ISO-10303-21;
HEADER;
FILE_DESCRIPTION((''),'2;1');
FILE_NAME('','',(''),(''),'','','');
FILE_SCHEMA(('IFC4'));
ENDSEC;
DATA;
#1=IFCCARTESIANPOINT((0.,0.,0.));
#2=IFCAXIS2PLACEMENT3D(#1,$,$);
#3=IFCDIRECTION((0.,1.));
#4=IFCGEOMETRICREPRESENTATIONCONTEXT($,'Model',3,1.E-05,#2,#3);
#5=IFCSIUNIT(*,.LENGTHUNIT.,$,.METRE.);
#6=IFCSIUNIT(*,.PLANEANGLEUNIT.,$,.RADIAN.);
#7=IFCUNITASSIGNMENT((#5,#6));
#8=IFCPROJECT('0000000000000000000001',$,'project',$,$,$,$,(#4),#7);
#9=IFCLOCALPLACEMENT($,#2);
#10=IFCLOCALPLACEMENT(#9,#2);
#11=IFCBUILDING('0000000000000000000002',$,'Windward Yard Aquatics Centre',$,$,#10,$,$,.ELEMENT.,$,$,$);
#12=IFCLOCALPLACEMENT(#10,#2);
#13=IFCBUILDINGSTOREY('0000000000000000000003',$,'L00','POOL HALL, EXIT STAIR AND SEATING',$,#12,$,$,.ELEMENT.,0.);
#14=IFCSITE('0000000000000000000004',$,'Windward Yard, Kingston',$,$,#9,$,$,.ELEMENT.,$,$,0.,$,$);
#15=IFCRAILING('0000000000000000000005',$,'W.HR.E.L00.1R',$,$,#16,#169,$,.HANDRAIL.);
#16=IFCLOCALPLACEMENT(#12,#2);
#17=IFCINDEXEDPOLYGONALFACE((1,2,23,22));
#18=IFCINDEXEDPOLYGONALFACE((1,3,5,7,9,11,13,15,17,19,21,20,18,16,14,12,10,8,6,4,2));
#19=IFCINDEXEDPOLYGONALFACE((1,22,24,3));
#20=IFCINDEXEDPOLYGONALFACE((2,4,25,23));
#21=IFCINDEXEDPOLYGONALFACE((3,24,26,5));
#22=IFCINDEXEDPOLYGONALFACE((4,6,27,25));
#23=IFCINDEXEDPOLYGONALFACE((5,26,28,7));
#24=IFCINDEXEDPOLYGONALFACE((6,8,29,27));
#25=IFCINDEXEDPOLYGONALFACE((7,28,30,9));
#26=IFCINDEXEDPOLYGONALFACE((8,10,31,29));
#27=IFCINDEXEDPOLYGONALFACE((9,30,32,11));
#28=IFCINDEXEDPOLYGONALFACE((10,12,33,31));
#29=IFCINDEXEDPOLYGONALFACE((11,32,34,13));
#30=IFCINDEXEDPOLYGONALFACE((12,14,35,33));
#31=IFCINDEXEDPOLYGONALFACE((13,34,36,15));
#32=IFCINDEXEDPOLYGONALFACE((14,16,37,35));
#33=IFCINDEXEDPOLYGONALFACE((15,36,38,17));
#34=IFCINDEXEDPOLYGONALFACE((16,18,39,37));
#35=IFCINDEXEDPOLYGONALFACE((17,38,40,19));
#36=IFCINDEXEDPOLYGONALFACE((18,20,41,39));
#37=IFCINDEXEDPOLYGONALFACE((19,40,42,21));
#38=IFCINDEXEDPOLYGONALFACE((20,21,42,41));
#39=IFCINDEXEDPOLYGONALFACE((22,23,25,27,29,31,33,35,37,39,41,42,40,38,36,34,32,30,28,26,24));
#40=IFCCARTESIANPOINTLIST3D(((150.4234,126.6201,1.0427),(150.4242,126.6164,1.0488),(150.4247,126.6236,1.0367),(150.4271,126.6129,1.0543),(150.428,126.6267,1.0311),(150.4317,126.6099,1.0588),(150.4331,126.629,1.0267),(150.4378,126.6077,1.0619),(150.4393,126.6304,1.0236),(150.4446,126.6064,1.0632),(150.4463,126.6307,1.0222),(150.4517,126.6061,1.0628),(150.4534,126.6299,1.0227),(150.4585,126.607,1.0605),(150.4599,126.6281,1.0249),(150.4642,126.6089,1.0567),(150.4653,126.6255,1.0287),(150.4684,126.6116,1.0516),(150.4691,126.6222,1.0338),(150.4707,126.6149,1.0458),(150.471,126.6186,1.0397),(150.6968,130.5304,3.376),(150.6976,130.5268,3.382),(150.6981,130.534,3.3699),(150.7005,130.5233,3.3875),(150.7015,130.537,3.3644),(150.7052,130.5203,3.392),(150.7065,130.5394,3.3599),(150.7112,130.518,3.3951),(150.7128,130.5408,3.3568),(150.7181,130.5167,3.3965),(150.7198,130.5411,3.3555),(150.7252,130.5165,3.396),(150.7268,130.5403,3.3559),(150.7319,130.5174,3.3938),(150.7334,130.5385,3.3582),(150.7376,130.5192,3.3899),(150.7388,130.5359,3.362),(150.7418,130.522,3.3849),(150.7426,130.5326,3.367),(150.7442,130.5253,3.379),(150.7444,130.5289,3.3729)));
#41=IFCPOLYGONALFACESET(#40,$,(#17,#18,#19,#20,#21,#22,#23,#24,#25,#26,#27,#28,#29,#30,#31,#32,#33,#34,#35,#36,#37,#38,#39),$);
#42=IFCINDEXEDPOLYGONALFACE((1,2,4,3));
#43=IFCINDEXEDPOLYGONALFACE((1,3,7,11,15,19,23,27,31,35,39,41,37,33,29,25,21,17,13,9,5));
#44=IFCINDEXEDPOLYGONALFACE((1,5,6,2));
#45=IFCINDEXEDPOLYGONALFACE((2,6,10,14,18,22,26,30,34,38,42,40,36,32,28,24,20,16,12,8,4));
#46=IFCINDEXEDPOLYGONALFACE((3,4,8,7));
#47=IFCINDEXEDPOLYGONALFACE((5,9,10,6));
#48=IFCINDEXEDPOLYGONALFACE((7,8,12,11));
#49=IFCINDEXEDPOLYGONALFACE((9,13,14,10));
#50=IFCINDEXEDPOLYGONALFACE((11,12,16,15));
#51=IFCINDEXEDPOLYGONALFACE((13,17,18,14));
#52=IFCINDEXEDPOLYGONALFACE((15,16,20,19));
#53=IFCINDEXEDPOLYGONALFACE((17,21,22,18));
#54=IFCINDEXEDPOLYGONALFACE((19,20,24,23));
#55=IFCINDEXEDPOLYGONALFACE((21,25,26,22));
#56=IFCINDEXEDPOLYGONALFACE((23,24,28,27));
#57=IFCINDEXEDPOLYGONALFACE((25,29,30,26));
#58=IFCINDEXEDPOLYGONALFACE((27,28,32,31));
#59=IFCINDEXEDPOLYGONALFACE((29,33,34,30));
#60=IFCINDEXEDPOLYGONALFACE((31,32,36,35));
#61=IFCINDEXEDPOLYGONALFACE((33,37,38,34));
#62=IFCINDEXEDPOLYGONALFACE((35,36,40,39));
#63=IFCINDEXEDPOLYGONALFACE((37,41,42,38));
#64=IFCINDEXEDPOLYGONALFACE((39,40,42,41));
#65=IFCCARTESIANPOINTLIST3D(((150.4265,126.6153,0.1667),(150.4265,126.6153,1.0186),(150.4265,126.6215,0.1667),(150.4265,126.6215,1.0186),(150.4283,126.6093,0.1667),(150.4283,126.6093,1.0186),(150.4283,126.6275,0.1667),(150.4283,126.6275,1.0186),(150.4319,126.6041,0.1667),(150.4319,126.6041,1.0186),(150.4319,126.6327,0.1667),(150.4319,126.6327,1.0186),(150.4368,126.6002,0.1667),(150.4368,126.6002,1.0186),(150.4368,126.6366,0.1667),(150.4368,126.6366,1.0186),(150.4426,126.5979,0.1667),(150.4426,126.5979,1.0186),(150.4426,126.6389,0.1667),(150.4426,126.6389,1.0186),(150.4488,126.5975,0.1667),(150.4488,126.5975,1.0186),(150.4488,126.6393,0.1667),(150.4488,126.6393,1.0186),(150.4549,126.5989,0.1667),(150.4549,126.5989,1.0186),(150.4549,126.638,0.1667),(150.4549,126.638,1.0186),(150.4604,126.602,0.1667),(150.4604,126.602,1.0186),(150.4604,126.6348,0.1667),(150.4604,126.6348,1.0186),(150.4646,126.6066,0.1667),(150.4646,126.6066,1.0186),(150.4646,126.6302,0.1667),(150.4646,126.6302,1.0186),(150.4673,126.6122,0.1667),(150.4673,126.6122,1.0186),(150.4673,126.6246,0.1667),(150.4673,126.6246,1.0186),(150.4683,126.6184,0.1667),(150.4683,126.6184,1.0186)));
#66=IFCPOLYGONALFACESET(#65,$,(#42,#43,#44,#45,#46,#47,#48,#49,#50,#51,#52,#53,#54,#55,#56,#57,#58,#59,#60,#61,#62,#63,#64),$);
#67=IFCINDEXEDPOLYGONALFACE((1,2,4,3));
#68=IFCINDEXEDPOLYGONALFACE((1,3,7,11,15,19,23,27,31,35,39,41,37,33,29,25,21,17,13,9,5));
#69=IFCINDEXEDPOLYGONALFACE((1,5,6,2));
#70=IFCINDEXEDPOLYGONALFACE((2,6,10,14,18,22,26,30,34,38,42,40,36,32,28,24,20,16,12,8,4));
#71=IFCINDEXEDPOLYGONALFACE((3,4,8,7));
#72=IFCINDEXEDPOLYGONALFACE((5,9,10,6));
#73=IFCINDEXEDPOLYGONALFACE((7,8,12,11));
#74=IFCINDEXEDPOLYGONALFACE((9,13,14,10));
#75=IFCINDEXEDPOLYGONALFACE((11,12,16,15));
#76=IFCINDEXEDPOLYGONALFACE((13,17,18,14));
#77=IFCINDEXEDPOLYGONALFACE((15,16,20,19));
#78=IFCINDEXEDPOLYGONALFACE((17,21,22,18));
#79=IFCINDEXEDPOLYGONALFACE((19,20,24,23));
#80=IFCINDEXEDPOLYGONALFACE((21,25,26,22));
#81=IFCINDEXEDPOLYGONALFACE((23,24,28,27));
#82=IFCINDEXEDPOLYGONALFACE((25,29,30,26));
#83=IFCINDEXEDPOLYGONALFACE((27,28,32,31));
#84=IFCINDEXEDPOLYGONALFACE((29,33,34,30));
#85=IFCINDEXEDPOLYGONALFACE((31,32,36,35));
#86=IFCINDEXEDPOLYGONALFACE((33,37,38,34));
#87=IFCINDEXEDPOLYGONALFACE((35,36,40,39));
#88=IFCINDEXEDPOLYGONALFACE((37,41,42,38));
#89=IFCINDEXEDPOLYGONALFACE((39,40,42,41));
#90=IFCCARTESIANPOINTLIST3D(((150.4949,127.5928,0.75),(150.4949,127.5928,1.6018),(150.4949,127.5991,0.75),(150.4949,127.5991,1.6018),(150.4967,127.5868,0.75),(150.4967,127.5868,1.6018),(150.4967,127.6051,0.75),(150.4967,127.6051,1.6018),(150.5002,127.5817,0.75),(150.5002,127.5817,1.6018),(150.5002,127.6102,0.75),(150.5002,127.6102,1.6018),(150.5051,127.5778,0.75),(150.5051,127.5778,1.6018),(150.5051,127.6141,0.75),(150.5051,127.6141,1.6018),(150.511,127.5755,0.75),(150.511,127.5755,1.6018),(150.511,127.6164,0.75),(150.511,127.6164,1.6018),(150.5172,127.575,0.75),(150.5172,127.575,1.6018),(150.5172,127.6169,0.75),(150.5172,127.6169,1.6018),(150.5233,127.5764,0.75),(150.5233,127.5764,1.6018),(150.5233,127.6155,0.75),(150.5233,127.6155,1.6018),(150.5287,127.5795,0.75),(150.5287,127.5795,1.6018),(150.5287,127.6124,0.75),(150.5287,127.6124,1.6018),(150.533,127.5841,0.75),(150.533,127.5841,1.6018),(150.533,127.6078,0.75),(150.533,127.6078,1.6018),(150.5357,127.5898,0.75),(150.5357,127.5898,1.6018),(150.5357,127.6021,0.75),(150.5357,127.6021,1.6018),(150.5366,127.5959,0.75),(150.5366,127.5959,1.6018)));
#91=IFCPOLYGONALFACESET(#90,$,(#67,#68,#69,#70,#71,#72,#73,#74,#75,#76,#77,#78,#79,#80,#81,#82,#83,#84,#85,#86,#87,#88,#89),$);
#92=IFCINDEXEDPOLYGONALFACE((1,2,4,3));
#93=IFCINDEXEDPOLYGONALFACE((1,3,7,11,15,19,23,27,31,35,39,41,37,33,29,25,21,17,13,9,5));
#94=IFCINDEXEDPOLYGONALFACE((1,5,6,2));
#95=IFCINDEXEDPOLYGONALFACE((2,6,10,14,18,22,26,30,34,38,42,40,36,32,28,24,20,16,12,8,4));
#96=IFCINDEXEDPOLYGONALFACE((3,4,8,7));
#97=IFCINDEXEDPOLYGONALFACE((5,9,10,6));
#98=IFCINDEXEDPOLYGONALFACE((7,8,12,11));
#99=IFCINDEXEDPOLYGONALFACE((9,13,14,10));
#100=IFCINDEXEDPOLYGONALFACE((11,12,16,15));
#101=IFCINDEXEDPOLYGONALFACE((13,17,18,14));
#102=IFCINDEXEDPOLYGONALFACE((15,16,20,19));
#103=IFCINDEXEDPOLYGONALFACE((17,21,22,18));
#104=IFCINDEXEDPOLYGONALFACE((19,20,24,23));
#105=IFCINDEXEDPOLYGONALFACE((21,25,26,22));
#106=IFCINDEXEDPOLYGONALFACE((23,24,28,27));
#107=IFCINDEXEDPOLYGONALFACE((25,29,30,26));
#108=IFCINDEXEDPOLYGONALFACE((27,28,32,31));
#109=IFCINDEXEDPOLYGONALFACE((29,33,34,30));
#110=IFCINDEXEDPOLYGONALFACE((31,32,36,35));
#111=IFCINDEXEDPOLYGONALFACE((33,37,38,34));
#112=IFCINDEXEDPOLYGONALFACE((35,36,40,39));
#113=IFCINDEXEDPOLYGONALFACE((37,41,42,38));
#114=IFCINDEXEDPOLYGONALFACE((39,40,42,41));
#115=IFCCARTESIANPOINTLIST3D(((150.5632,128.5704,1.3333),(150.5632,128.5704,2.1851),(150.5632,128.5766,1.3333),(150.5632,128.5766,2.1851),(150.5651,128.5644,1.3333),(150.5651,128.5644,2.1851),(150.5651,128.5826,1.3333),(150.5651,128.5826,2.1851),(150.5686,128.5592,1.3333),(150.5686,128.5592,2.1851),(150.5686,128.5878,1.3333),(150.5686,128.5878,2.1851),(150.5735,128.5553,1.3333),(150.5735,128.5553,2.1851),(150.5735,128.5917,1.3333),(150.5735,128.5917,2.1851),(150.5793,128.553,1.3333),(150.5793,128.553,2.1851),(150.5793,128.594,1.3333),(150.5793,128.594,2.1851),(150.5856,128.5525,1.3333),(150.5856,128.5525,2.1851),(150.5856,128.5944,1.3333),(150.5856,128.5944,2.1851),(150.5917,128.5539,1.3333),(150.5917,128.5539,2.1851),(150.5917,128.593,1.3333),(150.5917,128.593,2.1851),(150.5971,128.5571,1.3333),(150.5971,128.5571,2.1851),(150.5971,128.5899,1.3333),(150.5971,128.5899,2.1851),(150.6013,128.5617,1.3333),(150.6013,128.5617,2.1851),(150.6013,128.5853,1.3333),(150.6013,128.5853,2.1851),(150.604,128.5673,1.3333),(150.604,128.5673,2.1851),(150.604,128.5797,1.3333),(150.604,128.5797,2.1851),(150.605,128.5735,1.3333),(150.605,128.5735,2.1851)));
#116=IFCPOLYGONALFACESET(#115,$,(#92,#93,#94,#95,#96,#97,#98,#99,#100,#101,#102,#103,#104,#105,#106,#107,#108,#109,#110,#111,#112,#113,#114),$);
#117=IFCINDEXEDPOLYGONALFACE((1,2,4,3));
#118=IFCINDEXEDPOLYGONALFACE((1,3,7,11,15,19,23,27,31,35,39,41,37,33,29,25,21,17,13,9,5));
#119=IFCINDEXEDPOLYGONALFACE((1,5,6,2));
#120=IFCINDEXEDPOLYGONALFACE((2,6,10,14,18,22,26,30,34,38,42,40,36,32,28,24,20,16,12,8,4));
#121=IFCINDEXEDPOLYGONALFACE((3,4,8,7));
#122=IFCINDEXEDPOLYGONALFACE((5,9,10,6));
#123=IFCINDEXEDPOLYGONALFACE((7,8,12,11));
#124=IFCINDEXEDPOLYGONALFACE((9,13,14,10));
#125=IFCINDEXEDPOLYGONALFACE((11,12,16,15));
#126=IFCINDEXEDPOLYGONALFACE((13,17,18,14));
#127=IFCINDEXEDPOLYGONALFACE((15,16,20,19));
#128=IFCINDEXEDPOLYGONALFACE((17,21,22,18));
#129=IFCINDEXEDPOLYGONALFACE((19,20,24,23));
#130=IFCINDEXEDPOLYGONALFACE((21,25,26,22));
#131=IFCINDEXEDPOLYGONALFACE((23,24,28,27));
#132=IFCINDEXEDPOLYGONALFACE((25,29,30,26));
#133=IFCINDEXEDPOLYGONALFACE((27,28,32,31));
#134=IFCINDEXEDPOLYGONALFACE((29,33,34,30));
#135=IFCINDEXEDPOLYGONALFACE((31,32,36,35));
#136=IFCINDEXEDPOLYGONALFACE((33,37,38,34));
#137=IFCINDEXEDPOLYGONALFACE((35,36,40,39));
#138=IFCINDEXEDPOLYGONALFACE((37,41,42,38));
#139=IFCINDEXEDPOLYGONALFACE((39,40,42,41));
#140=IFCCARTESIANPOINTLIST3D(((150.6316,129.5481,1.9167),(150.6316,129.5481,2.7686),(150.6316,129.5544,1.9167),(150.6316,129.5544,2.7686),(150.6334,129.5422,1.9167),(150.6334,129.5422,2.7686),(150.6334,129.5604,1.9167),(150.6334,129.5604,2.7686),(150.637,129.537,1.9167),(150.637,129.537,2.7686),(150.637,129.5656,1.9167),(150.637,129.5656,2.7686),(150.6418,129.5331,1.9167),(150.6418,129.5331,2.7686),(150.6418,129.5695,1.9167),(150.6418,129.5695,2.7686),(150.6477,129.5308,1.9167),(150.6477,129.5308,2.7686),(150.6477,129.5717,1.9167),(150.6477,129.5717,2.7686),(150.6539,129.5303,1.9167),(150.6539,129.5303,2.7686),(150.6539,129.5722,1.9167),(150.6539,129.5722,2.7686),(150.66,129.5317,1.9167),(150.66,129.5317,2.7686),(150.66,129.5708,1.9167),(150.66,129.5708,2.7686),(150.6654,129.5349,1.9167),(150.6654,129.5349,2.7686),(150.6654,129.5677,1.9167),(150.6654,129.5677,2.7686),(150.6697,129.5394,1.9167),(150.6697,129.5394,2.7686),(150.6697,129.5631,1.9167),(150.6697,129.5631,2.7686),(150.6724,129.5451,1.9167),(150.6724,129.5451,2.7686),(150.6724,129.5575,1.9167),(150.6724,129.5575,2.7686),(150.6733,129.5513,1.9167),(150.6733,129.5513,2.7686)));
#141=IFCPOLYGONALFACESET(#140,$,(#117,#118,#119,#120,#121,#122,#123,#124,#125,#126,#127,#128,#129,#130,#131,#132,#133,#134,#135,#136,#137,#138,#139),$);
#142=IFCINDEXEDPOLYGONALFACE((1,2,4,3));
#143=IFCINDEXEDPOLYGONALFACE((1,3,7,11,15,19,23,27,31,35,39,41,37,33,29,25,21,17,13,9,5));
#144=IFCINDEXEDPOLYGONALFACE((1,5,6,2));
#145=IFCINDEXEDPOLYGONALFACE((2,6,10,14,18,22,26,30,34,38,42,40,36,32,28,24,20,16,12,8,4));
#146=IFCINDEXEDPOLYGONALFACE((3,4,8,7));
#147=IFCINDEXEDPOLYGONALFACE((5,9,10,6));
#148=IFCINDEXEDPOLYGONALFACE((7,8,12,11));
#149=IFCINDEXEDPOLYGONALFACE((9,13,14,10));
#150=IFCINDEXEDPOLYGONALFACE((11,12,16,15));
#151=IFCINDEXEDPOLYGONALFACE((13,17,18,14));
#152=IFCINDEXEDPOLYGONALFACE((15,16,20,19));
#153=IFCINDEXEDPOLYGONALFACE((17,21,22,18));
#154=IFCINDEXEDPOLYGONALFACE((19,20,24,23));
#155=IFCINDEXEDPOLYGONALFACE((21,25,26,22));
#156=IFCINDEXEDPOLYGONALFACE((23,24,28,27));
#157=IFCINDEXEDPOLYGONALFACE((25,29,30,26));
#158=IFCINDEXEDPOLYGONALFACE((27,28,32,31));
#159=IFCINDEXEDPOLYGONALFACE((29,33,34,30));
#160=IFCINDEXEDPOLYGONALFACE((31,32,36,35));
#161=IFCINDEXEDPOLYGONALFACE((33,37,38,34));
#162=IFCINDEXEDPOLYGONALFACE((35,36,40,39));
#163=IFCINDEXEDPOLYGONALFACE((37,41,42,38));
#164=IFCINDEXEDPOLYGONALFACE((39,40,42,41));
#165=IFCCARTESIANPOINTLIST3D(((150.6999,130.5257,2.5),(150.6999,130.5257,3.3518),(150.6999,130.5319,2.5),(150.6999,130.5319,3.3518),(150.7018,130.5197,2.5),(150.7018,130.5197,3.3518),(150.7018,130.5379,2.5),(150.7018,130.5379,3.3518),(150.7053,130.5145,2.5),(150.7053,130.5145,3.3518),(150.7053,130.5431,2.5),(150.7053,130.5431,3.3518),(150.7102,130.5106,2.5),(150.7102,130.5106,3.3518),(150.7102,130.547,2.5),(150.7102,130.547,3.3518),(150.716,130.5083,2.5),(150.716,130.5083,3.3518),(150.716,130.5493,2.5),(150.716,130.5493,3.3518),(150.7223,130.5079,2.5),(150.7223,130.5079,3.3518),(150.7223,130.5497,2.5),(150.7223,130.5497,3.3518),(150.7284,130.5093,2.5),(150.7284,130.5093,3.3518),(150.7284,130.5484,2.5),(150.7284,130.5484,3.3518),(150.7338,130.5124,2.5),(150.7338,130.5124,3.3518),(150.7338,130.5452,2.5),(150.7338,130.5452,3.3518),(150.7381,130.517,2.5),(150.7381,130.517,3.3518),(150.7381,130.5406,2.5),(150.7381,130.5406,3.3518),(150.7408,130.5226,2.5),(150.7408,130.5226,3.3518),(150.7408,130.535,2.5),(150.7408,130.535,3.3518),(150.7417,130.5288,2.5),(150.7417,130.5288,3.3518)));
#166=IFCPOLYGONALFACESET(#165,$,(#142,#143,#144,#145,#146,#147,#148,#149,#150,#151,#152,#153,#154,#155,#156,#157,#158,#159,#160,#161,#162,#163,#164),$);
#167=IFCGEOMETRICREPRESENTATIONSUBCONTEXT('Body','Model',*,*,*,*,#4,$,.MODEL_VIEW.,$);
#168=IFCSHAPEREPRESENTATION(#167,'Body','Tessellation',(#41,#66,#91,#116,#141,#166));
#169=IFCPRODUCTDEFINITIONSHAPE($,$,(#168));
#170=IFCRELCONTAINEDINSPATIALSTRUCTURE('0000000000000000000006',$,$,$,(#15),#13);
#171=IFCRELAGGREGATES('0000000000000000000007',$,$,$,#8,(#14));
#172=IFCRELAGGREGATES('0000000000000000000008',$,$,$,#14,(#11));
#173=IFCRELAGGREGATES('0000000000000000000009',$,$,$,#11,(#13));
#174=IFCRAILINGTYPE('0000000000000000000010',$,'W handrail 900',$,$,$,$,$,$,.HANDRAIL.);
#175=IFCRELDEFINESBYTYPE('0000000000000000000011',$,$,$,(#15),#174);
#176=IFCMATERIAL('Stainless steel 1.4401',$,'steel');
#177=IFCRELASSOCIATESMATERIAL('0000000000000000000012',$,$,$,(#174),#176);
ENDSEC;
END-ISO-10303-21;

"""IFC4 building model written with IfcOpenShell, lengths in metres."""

from ifc_helpers import new_model, si_unit, direction, frame, origin, origin_2d, place, context, subcontext, project, spatial, circle, extrude, material, type_object, element, save


model = new_model("IFC4")

# Units and contexts
model_context = context("Model", 3, precision=1e-05, world=origin(), true_north=direction((0.0, 1.0)))
body_context = subcontext(model_context, "Body", "Model", "MODEL_VIEW")
ifc_project = project(units=[si_unit("LENGTHUNIT", "METRE"), si_unit("PLANEANGLEUNIT", "RADIAN")], contexts=[model_context])

# Site, building, storey
site_placement = place(None, origin())
site = spatial("IfcSite", under=ifc_project, at=site_placement, Name="Windward Yard, Kingston", CompositionType="ELEMENT", RefElevation=0.0)
building_placement = place(site_placement, origin())
building = spatial("IfcBuilding", under=site, at=building_placement, Name="Windward Yard Aquatics Centre", CompositionType="ELEMENT")
storey_placement = place(building_placement, origin())
storey = spatial("IfcBuildingStorey", under=building, at=storey_placement, Name="L00", Description="POOL HALL, EXIT STAIR AND SEATING", CompositionType="ELEMENT", Elevation=0.0)

# Railing
ifc_material_1 = material(Name="Stainless steel 1.4401", Category="steel")
railing_type = type_object("IfcRailingType", Name="W handrail 900", PredefinedType="HANDRAIL", material=ifc_material_1)
for number, where, name in (
    (1, (150.4473, 126.6184, 0.1667), "W.HR.E.L00.1R"),
):
    element("IfcRailing", number, at=place(storey_placement, frame(where)), inside=storey, type_object=railing_type, Name=name, PredefinedType="HANDRAIL", context=body_context, shape_type="SweptSolid", body=[
        extrude(circle(Radius=0.0239, at=origin_2d()), frame((0.0, 0.0, 0.876), z_axis=(0.059941, 0.857205, 0.511476), x_axis=(-0.997564, 0.069755, 0.0)), (0.0, 0.0, 1.0), 4.5618),
        extrude(circle(Radius=0.021, at=origin_2d()), origin(), (0.0, 0.0, 1.0), 0.8518),
        extrude(circle(Radius=0.021, at=origin_2d()), frame((0.0684, 0.9775, 0.5833)), (0.0, 0.0, 1.0), 0.8518),
        extrude(circle(Radius=0.021, at=origin_2d()), frame((0.1367, 1.9551, 1.1665)), (0.0, 0.0, 1.0), 0.8518),
        extrude(circle(Radius=0.021, at=origin_2d()), frame((0.2051, 2.9329, 1.75)), (0.0, 0.0, 1.0), 0.8518),
        extrude(circle(Radius=0.021, at=origin_2d()), frame((0.2734, 3.9104, 2.3333)), (0.0, 0.0, 1.0), 0.8518),
    ])

save(model, "model.ifc")
